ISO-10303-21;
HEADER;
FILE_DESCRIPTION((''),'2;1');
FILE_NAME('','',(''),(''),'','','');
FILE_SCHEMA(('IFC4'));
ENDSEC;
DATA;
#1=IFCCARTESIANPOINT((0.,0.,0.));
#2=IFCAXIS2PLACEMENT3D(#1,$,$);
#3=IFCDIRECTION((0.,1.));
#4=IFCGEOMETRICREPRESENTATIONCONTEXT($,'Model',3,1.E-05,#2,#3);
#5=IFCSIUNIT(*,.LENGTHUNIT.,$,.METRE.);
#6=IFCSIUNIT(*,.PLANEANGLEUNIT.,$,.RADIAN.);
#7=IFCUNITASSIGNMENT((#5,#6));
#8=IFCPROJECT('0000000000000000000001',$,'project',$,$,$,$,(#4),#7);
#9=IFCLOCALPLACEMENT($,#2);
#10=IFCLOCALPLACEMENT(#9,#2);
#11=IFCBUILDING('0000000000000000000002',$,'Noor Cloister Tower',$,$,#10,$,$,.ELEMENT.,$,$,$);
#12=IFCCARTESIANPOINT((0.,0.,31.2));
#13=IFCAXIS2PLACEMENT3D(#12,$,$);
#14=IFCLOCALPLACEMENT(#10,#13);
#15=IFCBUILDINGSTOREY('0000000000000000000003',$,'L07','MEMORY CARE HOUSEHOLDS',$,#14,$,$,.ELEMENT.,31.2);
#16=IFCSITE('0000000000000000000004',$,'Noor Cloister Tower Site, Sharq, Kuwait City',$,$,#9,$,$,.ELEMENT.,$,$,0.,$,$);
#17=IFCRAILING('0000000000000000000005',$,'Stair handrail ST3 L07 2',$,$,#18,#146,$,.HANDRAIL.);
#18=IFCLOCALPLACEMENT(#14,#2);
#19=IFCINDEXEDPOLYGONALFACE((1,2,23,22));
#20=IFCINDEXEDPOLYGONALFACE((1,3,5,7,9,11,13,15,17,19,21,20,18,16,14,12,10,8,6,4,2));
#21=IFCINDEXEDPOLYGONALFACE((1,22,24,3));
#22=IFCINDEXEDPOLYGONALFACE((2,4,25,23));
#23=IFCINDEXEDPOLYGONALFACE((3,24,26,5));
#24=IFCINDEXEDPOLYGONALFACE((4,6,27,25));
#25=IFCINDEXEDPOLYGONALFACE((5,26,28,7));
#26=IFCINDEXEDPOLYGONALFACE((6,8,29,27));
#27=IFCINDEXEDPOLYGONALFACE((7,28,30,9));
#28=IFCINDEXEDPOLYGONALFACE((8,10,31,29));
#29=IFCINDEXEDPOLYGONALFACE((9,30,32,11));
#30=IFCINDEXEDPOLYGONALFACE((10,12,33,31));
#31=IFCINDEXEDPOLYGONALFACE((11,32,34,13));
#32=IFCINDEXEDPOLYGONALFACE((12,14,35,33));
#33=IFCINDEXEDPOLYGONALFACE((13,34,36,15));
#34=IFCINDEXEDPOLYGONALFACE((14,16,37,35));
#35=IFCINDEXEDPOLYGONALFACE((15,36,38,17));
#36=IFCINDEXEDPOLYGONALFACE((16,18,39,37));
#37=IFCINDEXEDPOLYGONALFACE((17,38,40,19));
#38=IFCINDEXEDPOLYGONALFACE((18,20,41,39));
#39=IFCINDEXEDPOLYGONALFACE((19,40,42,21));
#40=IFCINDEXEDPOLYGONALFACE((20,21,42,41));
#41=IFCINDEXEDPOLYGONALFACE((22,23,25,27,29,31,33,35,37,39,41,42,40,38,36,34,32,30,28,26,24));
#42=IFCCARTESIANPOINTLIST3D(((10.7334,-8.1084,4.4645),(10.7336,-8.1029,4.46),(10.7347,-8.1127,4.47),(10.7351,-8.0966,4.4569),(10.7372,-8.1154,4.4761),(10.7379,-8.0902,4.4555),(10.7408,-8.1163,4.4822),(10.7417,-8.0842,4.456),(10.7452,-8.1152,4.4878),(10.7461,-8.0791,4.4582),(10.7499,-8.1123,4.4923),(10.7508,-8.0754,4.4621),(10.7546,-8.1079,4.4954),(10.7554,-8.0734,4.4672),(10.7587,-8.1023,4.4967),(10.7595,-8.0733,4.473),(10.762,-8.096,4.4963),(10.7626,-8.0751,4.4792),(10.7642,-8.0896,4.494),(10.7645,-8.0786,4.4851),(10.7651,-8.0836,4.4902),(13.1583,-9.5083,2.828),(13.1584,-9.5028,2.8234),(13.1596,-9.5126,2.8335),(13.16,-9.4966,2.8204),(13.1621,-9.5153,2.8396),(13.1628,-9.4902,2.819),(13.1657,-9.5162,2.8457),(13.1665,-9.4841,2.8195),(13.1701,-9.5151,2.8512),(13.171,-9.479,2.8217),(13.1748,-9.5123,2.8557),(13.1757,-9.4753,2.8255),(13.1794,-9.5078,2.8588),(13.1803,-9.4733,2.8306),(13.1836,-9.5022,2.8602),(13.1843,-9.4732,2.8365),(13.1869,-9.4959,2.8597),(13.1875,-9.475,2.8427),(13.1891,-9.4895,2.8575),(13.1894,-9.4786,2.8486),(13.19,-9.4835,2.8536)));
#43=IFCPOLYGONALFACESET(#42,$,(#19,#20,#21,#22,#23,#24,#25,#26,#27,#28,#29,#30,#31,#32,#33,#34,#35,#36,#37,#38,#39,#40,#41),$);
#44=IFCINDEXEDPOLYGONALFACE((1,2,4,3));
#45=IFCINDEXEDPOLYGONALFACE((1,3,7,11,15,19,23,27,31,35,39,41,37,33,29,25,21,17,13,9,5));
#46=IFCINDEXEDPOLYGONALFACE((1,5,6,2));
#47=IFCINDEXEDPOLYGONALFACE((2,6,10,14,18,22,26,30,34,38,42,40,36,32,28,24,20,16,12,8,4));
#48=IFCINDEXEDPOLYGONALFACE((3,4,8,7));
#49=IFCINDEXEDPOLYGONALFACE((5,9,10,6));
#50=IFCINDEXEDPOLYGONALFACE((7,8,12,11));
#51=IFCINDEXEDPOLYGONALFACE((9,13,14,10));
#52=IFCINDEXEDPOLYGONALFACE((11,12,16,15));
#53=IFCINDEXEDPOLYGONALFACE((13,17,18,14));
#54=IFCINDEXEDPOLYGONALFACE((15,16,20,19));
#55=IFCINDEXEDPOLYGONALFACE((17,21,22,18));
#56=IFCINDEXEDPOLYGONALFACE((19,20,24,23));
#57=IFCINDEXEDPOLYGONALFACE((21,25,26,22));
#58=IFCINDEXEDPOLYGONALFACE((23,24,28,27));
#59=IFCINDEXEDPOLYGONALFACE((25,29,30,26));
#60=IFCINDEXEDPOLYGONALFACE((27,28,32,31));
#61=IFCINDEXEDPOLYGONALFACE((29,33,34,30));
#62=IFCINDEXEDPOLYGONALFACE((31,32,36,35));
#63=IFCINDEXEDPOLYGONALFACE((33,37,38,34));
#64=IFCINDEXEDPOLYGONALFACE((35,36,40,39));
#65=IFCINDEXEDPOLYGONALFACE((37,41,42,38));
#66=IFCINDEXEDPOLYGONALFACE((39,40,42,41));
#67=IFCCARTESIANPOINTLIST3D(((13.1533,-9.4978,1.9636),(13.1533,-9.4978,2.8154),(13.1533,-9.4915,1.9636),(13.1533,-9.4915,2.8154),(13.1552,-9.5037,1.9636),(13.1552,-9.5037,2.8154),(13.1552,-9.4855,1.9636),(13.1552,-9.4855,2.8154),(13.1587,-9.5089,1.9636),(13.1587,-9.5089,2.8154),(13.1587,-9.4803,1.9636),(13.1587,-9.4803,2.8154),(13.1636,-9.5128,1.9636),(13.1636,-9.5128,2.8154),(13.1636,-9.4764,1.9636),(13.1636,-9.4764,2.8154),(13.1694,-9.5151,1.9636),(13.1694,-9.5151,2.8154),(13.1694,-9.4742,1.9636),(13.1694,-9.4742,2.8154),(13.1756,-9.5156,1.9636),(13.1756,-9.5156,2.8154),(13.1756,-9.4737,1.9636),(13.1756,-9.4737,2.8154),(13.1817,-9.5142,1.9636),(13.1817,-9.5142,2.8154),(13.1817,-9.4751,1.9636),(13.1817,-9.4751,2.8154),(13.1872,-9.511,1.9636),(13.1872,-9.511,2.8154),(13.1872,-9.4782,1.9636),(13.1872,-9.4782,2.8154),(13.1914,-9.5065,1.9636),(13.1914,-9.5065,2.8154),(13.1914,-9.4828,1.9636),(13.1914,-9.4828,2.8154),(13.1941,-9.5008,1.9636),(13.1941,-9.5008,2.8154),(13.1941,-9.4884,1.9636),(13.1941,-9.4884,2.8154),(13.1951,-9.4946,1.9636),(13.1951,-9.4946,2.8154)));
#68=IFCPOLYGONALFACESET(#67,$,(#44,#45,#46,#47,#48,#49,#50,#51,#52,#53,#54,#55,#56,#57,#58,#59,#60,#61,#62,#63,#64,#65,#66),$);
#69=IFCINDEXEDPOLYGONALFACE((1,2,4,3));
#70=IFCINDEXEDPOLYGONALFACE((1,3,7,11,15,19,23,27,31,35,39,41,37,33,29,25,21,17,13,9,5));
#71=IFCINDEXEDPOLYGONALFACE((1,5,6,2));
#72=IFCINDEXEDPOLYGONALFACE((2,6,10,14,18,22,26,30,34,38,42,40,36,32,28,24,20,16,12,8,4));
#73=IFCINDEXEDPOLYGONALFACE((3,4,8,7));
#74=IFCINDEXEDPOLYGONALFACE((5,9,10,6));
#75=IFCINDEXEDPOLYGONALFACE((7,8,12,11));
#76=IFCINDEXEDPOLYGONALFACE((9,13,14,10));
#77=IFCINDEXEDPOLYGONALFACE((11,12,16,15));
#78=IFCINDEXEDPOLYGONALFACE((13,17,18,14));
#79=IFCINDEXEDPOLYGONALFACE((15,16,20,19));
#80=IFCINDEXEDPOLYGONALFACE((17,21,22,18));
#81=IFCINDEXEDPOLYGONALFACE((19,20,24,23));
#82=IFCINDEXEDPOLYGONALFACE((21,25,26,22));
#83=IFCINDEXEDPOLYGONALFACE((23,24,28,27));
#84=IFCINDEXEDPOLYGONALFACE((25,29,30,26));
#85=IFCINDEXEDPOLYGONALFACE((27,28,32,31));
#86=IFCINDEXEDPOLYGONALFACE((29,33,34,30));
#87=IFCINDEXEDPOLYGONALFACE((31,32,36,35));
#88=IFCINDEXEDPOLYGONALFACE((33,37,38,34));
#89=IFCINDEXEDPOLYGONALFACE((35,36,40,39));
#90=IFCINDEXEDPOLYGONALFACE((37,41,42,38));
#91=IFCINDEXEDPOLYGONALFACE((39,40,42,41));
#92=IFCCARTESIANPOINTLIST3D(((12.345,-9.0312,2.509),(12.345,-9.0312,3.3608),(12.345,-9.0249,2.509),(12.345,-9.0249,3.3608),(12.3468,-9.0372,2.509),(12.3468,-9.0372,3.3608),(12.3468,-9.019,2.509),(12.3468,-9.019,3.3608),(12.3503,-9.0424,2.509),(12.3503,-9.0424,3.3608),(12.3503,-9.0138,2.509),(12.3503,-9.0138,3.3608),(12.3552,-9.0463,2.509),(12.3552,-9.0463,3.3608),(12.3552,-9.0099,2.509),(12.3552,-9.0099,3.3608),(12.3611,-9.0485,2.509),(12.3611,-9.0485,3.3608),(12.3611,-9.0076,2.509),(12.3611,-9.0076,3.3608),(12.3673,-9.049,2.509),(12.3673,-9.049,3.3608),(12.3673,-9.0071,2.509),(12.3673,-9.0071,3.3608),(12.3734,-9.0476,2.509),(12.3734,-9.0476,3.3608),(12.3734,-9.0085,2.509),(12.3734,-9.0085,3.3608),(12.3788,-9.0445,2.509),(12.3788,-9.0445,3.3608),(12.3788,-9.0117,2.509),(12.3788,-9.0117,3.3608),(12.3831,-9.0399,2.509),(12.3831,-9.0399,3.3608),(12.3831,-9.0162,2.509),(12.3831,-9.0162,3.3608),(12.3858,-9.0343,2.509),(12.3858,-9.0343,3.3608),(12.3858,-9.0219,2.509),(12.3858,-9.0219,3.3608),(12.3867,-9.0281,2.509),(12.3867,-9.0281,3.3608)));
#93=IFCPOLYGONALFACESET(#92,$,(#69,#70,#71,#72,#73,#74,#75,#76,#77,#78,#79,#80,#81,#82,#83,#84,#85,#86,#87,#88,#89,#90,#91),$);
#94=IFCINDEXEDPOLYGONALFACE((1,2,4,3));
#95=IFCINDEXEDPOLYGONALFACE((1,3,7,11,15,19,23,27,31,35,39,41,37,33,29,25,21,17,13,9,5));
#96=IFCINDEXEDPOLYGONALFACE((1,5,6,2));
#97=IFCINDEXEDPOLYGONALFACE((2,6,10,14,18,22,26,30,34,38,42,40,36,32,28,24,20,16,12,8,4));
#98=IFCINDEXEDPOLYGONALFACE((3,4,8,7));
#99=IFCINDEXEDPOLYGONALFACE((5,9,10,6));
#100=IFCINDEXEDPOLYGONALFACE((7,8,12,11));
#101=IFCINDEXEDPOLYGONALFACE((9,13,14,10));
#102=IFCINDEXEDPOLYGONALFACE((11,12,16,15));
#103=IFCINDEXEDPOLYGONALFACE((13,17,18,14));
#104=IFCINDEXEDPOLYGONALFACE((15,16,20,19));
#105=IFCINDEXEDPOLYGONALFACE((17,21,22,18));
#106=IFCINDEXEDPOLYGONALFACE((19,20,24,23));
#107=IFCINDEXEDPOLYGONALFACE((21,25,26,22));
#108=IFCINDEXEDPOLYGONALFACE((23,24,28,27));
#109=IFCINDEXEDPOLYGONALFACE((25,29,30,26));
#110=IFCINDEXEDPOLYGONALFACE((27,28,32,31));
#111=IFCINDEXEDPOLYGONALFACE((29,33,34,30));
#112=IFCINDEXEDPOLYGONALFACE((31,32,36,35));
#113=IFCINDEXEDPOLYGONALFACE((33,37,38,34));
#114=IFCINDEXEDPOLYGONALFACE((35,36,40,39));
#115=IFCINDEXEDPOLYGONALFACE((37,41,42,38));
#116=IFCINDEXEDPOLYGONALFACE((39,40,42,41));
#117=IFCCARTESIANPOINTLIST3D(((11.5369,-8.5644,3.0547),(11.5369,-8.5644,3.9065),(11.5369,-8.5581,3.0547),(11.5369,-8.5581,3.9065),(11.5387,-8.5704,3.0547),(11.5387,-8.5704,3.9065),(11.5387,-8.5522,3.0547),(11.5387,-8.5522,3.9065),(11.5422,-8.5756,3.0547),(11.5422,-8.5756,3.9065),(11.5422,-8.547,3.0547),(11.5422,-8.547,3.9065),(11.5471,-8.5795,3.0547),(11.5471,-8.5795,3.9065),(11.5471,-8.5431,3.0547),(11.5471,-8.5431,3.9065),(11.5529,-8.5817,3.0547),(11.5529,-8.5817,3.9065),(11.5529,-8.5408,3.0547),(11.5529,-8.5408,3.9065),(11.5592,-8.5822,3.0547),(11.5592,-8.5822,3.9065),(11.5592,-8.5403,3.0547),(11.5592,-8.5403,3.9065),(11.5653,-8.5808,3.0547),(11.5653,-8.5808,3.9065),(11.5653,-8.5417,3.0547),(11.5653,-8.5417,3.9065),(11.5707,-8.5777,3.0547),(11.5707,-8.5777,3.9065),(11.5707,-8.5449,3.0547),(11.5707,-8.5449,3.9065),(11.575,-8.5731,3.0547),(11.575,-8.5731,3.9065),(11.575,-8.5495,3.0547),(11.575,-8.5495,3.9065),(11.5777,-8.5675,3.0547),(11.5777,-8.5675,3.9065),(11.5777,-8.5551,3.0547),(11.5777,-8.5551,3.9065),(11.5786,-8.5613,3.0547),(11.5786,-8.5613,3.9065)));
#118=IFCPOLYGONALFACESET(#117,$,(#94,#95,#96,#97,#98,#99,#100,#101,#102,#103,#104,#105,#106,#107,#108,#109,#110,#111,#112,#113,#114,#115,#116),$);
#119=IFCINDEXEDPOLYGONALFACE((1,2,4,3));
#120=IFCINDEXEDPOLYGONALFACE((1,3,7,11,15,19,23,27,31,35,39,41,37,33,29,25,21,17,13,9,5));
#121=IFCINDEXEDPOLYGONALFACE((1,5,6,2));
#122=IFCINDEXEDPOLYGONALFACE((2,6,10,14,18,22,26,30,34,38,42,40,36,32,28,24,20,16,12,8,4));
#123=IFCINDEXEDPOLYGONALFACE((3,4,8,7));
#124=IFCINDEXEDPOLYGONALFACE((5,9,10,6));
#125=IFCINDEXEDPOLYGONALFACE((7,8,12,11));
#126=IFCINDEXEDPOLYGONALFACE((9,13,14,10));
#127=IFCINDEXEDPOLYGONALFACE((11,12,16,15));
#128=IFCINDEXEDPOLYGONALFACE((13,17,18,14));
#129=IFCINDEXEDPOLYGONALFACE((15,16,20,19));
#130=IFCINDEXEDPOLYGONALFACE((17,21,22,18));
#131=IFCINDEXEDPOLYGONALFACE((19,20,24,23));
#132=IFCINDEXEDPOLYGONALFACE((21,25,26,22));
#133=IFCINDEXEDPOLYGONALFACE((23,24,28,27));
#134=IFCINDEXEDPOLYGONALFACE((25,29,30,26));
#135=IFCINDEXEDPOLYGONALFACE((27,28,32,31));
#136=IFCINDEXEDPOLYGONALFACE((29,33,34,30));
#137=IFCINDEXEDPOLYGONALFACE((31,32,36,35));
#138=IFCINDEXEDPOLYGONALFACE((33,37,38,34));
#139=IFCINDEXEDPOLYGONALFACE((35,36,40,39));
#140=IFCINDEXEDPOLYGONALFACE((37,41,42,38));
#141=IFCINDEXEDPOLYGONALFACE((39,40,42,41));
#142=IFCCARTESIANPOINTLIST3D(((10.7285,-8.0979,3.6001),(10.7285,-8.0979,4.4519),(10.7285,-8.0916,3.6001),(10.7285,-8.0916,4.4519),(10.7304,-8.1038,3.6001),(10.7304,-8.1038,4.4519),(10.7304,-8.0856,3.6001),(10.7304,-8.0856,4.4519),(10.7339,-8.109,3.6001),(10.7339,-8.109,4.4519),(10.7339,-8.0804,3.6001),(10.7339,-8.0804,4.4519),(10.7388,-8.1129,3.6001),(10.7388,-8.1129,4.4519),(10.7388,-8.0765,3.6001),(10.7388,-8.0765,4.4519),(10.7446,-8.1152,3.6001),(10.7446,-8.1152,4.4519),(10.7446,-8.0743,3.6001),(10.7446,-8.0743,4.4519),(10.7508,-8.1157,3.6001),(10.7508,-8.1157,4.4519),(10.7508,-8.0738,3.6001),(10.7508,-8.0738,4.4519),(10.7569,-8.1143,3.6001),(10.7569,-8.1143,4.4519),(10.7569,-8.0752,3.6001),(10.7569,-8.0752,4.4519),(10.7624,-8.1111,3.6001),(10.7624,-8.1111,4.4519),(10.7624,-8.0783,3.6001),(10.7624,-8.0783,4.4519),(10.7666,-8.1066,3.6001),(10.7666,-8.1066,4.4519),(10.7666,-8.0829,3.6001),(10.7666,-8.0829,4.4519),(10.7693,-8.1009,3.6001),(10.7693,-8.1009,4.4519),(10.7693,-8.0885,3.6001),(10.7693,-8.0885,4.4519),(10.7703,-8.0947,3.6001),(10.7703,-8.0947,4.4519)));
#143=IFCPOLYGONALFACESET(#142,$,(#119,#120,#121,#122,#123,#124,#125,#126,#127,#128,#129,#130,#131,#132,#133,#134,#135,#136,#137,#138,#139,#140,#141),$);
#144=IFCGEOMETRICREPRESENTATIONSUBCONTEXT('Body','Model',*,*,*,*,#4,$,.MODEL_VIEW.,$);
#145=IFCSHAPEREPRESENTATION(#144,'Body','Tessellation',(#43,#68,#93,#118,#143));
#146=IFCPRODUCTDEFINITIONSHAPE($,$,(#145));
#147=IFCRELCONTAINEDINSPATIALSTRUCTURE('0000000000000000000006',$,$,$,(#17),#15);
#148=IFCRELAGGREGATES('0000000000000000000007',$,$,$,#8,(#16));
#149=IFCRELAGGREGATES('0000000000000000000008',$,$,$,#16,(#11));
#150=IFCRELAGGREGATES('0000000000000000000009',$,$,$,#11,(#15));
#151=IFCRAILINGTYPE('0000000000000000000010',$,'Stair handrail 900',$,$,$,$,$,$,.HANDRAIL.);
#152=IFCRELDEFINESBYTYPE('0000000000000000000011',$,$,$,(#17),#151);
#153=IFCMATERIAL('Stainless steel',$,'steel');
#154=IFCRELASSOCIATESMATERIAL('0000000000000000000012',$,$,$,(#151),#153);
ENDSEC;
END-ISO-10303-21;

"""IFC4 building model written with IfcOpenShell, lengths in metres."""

from ifc_helpers import new_model, si_unit, direction, frame, origin, origin_2d, place, context, subcontext, project, spatial, circle, extrude, material, type_object, element, save


model = new_model("IFC4")

# Units and contexts
model_context = context("Model", 3, precision=1e-05, world=origin(), true_north=direction((0.0, 1.0)))
body_context = subcontext(model_context, "Body", "Model", "MODEL_VIEW")
ifc_project = project(units=[si_unit("LENGTHUNIT", "METRE"), si_unit("PLANEANGLEUNIT", "RADIAN")], contexts=[model_context])

# Site, building, storey
site_placement = place(None, origin())
site = spatial("IfcSite", under=ifc_project, at=site_placement, Name="Noor Cloister Tower Site, Sharq, Kuwait City", CompositionType="ELEMENT", RefElevation=0.0)
building_placement = place(site_placement, origin())
building = spatial("IfcBuilding", under=site, at=building_placement, Name="Noor Cloister Tower", CompositionType="ELEMENT")
storey_placement = place(building_placement, frame((0.0, 0.0, 31.2)))
storey = spatial("IfcBuildingStorey", under=building, at=storey_placement, Name="L07", Description="MEMORY CARE HOUSEHOLDS", CompositionType="ELEMENT", Elevation=31.2)

# Railing
ifc_material_1 = material(Name="Stainless steel", Category="steel")
railing_type = type_object("IfcRailingType", Name="Stair handrail 900", PredefinedType="HANDRAIL", material=ifc_material_1)
railing_placement = place(storey_placement, frame((13.1741, -9.4946, 1.9636)))
element("IfcRailing", 1, at=railing_placement, inside=storey, type_object=railing_type, Name="Stair handrail ST3 L07 2", PredefinedType="HANDRAIL", context=body_context, shape_type="SweptSolid", body=[
    extrude(circle(Radius=0.0239, at=origin_2d()), frame((0.0, 0.0, 0.876), z_axis=(-0.74769, 0.431661, 0.504608), x_axis=(-0.499984, -0.866035, 0.0)), (0.0, 0.0, 1.0), 3.2432),
    extrude(circle(Radius=0.021, at=origin_2d()), origin(), (0.0, 0.0, 1.0), 0.8518),
    extrude(circle(Radius=0.021, at=origin_2d()), frame((-0.8083, 0.4666, 0.5454)), (0.0, 0.0, 1.0), 0.8518),
    extrude(circle(Radius=0.021, at=origin_2d()), frame((-1.6165, 0.9333, 1.0911)), (0.0, 0.0, 1.0), 0.8518),
    extrude(circle(Radius=0.021, at=origin_2d()), frame((-2.4248, 1.3999, 1.6365)), (0.0, 0.0, 1.0), 0.8518),
])

save(model, "model.ifc")
